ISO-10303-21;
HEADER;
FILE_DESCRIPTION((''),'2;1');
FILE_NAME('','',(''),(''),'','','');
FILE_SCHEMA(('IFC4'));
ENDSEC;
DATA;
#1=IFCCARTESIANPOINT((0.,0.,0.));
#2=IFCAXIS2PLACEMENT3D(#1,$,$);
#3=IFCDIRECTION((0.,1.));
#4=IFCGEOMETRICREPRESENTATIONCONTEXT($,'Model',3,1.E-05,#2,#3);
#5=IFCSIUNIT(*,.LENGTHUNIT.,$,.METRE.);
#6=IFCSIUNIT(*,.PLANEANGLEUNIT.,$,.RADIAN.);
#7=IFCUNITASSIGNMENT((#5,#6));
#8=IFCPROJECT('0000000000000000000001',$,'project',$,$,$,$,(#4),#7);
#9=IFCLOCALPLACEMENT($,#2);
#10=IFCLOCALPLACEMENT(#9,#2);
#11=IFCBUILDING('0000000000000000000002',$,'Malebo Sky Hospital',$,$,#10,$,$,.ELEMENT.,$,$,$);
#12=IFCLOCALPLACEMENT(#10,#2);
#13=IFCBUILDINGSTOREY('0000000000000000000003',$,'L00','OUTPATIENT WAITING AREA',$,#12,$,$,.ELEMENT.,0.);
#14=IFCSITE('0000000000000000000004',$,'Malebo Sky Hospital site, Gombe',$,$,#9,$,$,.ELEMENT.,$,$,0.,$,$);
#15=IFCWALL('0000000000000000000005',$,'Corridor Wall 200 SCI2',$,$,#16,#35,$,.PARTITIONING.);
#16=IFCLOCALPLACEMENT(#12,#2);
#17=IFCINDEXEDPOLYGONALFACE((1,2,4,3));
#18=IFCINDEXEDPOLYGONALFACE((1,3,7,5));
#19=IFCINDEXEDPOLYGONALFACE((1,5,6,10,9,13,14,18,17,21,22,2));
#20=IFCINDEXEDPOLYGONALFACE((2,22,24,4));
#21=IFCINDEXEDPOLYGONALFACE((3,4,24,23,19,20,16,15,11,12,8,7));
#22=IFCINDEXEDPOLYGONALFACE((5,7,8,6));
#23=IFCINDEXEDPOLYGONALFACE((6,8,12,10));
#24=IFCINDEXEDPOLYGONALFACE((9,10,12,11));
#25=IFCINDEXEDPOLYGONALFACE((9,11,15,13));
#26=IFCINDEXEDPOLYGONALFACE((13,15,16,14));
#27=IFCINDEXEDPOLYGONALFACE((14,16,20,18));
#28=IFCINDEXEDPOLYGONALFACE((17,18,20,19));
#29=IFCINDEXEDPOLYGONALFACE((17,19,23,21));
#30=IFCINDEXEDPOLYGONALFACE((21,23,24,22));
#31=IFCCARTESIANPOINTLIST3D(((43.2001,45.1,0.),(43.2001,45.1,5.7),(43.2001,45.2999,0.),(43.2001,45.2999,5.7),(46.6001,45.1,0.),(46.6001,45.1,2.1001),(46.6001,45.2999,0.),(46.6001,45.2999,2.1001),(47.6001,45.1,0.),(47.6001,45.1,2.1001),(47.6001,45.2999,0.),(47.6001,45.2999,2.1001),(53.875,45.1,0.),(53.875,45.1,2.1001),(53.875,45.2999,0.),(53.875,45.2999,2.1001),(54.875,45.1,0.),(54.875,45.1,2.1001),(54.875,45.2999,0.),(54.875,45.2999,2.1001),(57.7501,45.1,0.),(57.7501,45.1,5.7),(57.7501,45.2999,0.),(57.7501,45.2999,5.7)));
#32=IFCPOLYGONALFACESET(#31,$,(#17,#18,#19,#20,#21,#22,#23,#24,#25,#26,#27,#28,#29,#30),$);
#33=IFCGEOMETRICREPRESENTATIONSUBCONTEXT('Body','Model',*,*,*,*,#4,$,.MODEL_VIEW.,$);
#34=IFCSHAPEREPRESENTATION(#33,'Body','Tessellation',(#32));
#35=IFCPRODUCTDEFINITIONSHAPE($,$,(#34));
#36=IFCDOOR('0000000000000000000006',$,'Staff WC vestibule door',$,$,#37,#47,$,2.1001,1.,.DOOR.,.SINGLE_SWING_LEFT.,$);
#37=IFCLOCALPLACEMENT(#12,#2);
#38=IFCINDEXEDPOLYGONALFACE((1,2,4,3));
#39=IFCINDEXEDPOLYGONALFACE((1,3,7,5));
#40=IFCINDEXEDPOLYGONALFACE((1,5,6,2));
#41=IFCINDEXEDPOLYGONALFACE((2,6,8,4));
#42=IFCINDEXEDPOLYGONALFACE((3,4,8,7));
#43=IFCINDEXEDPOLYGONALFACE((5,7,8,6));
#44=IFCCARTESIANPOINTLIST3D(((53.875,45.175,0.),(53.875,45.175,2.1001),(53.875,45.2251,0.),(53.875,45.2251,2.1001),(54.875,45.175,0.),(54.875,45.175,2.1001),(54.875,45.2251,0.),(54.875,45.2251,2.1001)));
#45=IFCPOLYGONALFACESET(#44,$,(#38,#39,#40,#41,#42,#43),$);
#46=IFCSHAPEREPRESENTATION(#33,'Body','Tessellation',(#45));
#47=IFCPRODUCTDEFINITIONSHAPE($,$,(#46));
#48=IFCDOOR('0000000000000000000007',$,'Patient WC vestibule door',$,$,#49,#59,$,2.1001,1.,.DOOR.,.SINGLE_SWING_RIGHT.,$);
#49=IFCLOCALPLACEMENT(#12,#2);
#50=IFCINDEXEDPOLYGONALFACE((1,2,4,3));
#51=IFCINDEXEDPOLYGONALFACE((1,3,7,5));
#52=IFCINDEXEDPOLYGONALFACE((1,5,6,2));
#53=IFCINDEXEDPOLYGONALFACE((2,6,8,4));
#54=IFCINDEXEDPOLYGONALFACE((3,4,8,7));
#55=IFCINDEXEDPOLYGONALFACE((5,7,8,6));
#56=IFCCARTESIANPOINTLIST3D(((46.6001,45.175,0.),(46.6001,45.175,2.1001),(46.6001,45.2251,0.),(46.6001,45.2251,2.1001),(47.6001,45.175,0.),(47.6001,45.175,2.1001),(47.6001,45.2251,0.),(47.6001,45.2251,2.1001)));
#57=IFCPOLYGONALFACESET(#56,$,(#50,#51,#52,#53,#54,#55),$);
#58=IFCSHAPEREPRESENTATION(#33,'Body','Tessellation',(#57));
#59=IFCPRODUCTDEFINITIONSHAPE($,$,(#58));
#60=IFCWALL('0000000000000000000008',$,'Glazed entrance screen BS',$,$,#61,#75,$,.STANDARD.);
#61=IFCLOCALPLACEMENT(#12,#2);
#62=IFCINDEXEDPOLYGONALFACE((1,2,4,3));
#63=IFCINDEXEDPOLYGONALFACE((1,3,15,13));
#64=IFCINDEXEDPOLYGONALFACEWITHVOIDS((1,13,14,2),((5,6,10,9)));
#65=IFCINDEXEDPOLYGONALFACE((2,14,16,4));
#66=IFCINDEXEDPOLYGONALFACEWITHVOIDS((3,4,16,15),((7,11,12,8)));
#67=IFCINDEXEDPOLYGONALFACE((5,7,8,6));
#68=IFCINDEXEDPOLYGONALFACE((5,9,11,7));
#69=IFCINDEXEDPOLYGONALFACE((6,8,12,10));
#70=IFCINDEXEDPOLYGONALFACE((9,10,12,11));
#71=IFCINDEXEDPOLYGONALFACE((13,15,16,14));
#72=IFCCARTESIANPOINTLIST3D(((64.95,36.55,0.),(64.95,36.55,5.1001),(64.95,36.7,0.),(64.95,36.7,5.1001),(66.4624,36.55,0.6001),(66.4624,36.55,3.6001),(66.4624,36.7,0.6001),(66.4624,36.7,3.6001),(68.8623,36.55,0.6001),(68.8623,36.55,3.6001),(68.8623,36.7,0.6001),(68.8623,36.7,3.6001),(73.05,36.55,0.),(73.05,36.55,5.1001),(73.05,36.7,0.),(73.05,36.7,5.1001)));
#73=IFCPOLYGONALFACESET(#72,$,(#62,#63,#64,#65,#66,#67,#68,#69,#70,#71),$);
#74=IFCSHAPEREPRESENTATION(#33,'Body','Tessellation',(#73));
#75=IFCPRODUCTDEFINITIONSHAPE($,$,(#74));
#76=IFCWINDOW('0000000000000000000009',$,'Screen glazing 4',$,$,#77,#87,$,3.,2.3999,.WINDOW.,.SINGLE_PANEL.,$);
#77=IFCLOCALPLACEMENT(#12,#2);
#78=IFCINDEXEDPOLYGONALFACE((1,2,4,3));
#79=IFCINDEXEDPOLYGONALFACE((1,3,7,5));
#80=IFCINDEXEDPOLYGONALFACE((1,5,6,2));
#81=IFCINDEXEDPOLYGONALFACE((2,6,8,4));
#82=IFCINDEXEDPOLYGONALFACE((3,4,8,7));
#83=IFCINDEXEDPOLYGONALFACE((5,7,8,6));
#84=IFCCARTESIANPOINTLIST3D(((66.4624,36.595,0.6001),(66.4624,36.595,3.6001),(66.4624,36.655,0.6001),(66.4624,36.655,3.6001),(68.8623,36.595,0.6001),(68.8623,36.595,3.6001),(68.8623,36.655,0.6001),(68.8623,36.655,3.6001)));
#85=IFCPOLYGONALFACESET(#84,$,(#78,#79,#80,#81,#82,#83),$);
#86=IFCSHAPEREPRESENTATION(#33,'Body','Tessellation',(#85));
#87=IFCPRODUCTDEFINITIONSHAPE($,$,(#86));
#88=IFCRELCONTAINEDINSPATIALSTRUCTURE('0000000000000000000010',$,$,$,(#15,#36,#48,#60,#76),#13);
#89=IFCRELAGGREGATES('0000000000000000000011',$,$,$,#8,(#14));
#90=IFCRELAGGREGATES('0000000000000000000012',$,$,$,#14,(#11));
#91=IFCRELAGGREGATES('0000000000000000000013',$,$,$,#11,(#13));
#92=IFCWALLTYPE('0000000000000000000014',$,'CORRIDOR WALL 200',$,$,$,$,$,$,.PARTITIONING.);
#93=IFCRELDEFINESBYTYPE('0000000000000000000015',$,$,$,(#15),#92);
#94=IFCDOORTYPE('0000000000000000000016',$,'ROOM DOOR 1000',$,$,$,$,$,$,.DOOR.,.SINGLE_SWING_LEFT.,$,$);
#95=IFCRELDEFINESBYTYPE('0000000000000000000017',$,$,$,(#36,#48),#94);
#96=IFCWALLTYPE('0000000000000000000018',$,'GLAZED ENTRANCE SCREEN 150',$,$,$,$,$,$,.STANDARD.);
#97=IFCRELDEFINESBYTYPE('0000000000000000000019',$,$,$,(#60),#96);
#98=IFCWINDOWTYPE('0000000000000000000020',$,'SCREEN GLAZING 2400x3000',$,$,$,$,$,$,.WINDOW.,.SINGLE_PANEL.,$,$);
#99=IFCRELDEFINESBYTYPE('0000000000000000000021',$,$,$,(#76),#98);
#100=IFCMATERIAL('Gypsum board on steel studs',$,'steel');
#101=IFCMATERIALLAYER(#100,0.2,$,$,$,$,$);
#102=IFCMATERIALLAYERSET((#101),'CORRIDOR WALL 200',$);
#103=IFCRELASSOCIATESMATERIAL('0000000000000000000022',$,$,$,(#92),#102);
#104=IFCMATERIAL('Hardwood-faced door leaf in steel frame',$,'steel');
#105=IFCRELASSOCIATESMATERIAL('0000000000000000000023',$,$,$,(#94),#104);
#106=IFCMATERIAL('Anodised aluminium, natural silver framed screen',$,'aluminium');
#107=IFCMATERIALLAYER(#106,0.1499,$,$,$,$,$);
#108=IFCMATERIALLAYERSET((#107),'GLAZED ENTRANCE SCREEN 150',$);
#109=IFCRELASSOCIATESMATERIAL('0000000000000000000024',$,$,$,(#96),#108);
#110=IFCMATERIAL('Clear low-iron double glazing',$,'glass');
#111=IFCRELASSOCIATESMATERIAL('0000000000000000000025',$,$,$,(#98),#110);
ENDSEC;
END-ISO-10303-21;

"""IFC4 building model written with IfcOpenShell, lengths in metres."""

from ifc_helpers import new_model, si_unit, direction, frame, frame_2d, origin, place, context, subcontext, project, spatial, rectangle, extrude, material, layer, layer_set, type_object, element, fill, save


model = new_model("IFC4")

# Units and contexts
model_context = context("Model", 3, precision=1e-05, world=origin(), true_north=direction((0.0, 1.0)))
body_context = subcontext(model_context, "Body", "Model", "MODEL_VIEW")
ifc_project = project(units=[si_unit("LENGTHUNIT", "METRE"), si_unit("PLANEANGLEUNIT", "RADIAN")], contexts=[model_context])

# Site, building, storey
site_placement = place(None, origin())
site = spatial("IfcSite", under=ifc_project, at=site_placement, Name="Malebo Sky Hospital site, Gombe", CompositionType="ELEMENT", RefElevation=0.0)
building_placement = place(site_placement, origin())
building = spatial("IfcBuilding", under=site, at=building_placement, Name="Malebo Sky Hospital", CompositionType="ELEMENT")
storey_placement = place(building_placement, origin())
storey = spatial("IfcBuildingStorey", under=building, at=storey_placement, Name="L00", Description="OUTPATIENT WAITING AREA", CompositionType="ELEMENT", Elevation=0.0)

# Wall, openings, doors
ifc_material_1 = material(Name="Gypsum board on steel studs", Category="steel")
ifc_layer_1 = layer(ifc_material_1, 0.2)
ifc_layer_set_1 = layer_set([ifc_layer_1], Name="CORRIDOR WALL 200")
wall_type_1 = type_object("IfcWallType", Name="CORRIDOR WALL 200", PredefinedType="PARTITIONING", material=ifc_layer_set_1)
wall_1_placement = place(storey_placement, frame((57.75, 45.2, 0.0), z_axis=(0.0, 0.0, 1.0), x_axis=(-1.0, 0.0, 0.0)))
wall_1 = element("IfcWall", 1, at=wall_1_placement, inside=storey, type_object=wall_type_1, Name="Corridor Wall 200 SCI2", PredefinedType="PARTITIONING", context=body_context, shape_type="SweptSolid", body=[
    extrude(rectangle(XDim=14.55, YDim=0.2, at=frame_2d((7.2749, 0.0))), origin(), (0.0, 0.0, 1.0), 5.7),
])
opening_1_placement = place(wall_1_placement, frame((2.875, 0.0, 0.0)))
opening_1 = element("IfcOpeningElement", 2, at=opening_1_placement, cuts=wall_1, PredefinedType="OPENING", context=body_context, shape_type="SweptSolid", body=[
    extrude(rectangle(XDim=1.0, YDim=2.1001, at=frame_2d((0.5, 1.05))), frame((0.0, 0.1099, 0.0), z_axis=(0.0, -1.0, 0.0), x_axis=(1.0, 0.0, 0.0)), (0.0, 0.0, 1.0), 0.22),
])
opening_2_placement = place(wall_1_placement, frame((10.1499, 0.0, 0.0)))
opening_2 = element("IfcOpeningElement", 3, at=opening_2_placement, cuts=wall_1, PredefinedType="OPENING", context=body_context, shape_type="SweptSolid", body=[
    extrude(rectangle(XDim=1.0, YDim=2.1001, at=frame_2d((0.5, 1.05))), frame((0.0, 0.1099, 0.0), z_axis=(0.0, -1.0, 0.0), x_axis=(1.0, 0.0, 0.0)), (0.0, 0.0, 1.0), 0.22),
])
ifc_material_2 = material(Name="Hardwood-faced door leaf in steel frame", Category="steel")
door_type = type_object("IfcDoorType", Name="ROOM DOOR 1000", OperationType="SINGLE_SWING_LEFT", PredefinedType="DOOR", material=ifc_material_2)
door_1_placement = place(opening_1_placement, origin())
door_1 = element("IfcDoor", 4, at=door_1_placement, inside=storey, type_object=door_type, Name="Staff WC vestibule door", OperationType="SINGLE_SWING_LEFT", OverallHeight=2.1001, OverallWidth=1.0, PredefinedType="DOOR", context=body_context, shape_type="SweptSolid", body=[
    extrude(rectangle(XDim=1.0, YDim=2.1001, at=frame_2d((0.5, 1.05))), frame((0.0, 0.0249, 0.0), z_axis=(0.0, -1.0, 0.0), x_axis=(1.0, 0.0, 0.0)), (0.0, 0.0, 1.0), 0.05),
])
fill(opening_1, door_1)
door_2_placement = place(opening_2_placement, origin())
door_2 = element("IfcDoor", 5, at=door_2_placement, inside=storey, type_object=door_type, Name="Patient WC vestibule door", OperationType="SINGLE_SWING_RIGHT", OverallHeight=2.1001, OverallWidth=1.0, PredefinedType="DOOR", context=body_context, shape_type="SweptSolid", body=[
    extrude(rectangle(XDim=1.0, YDim=2.1001, at=frame_2d((0.5, 1.05))), frame((0.0, 0.0249, 0.0), z_axis=(0.0, -1.0, 0.0), x_axis=(1.0, 0.0, 0.0)), (0.0, 0.0, 1.0), 0.05),
])
fill(opening_2, door_2)

# Wall, opening, window
ifc_material_3 = material(Name="Anodised aluminium, natural silver framed screen", Category="aluminium")
ifc_layer_2 = layer(ifc_material_3, 0.1499)
ifc_layer_set_2 = layer_set([ifc_layer_2], Name="GLAZED ENTRANCE SCREEN 150")
wall_type_2 = type_object("IfcWallType", Name="GLAZED ENTRANCE SCREEN 150", PredefinedType="STANDARD", material=ifc_layer_set_2)
wall_2_placement = place(storey_placement, frame((64.95, 36.625, 0.0), z_axis=(0.0, 0.0, 1.0), x_axis=(1.0, 0.0, 0.0)))
wall_2 = element("IfcWall", 6, at=wall_2_placement, inside=storey, type_object=wall_type_2, Name="Glazed entrance screen BS", PredefinedType="STANDARD", context=body_context, shape_type="SweptSolid", body=[
    extrude(rectangle(XDim=8.1001, YDim=0.1499, at=frame_2d((4.05, 0.0))), origin(), (0.0, 0.0, 1.0), 5.1001),
])
opening_3_placement = place(wall_2_placement, frame((1.5125, 0.0, 0.6001)))
opening_3 = element("IfcOpeningElement", 7, at=opening_3_placement, cuts=wall_2, PredefinedType="OPENING", context=body_context, shape_type="SweptSolid", body=[
    extrude(rectangle(XDim=2.3999, YDim=3.0, at=frame_2d((1.2, 1.5))), frame((0.0, 0.085, 0.0), z_axis=(0.0, -1.0, 0.0), x_axis=(1.0, 0.0, 0.0)), (0.0, 0.0, 1.0), 0.1699),
])
ifc_material_4 = material(Name="Clear low-iron double glazing", Category="glass")
window_type = type_object("IfcWindowType", Name="SCREEN GLAZING 2400x3000", PartitioningType="SINGLE_PANEL", PredefinedType="WINDOW", material=ifc_material_4)
window_placement = place(opening_3_placement, origin())
window = element("IfcWindow", 8, at=window_placement, inside=storey, type_object=window_type, Name="Screen glazing 4", OverallHeight=3.0, OverallWidth=2.3999, PartitioningType="SINGLE_PANEL", PredefinedType="WINDOW", context=body_context, shape_type="SweptSolid", body=[
    extrude(rectangle(XDim=2.3999, YDim=3.0, at=frame_2d((1.2, 1.5))), frame((0.0, 0.03, 0.0), z_axis=(0.0, -1.0, 0.0), x_axis=(1.0, 0.0, 0.0)), (0.0, 0.0, 1.0), 0.0601),
])
fill(opening_3, window)

save(model, "model.ifc")
